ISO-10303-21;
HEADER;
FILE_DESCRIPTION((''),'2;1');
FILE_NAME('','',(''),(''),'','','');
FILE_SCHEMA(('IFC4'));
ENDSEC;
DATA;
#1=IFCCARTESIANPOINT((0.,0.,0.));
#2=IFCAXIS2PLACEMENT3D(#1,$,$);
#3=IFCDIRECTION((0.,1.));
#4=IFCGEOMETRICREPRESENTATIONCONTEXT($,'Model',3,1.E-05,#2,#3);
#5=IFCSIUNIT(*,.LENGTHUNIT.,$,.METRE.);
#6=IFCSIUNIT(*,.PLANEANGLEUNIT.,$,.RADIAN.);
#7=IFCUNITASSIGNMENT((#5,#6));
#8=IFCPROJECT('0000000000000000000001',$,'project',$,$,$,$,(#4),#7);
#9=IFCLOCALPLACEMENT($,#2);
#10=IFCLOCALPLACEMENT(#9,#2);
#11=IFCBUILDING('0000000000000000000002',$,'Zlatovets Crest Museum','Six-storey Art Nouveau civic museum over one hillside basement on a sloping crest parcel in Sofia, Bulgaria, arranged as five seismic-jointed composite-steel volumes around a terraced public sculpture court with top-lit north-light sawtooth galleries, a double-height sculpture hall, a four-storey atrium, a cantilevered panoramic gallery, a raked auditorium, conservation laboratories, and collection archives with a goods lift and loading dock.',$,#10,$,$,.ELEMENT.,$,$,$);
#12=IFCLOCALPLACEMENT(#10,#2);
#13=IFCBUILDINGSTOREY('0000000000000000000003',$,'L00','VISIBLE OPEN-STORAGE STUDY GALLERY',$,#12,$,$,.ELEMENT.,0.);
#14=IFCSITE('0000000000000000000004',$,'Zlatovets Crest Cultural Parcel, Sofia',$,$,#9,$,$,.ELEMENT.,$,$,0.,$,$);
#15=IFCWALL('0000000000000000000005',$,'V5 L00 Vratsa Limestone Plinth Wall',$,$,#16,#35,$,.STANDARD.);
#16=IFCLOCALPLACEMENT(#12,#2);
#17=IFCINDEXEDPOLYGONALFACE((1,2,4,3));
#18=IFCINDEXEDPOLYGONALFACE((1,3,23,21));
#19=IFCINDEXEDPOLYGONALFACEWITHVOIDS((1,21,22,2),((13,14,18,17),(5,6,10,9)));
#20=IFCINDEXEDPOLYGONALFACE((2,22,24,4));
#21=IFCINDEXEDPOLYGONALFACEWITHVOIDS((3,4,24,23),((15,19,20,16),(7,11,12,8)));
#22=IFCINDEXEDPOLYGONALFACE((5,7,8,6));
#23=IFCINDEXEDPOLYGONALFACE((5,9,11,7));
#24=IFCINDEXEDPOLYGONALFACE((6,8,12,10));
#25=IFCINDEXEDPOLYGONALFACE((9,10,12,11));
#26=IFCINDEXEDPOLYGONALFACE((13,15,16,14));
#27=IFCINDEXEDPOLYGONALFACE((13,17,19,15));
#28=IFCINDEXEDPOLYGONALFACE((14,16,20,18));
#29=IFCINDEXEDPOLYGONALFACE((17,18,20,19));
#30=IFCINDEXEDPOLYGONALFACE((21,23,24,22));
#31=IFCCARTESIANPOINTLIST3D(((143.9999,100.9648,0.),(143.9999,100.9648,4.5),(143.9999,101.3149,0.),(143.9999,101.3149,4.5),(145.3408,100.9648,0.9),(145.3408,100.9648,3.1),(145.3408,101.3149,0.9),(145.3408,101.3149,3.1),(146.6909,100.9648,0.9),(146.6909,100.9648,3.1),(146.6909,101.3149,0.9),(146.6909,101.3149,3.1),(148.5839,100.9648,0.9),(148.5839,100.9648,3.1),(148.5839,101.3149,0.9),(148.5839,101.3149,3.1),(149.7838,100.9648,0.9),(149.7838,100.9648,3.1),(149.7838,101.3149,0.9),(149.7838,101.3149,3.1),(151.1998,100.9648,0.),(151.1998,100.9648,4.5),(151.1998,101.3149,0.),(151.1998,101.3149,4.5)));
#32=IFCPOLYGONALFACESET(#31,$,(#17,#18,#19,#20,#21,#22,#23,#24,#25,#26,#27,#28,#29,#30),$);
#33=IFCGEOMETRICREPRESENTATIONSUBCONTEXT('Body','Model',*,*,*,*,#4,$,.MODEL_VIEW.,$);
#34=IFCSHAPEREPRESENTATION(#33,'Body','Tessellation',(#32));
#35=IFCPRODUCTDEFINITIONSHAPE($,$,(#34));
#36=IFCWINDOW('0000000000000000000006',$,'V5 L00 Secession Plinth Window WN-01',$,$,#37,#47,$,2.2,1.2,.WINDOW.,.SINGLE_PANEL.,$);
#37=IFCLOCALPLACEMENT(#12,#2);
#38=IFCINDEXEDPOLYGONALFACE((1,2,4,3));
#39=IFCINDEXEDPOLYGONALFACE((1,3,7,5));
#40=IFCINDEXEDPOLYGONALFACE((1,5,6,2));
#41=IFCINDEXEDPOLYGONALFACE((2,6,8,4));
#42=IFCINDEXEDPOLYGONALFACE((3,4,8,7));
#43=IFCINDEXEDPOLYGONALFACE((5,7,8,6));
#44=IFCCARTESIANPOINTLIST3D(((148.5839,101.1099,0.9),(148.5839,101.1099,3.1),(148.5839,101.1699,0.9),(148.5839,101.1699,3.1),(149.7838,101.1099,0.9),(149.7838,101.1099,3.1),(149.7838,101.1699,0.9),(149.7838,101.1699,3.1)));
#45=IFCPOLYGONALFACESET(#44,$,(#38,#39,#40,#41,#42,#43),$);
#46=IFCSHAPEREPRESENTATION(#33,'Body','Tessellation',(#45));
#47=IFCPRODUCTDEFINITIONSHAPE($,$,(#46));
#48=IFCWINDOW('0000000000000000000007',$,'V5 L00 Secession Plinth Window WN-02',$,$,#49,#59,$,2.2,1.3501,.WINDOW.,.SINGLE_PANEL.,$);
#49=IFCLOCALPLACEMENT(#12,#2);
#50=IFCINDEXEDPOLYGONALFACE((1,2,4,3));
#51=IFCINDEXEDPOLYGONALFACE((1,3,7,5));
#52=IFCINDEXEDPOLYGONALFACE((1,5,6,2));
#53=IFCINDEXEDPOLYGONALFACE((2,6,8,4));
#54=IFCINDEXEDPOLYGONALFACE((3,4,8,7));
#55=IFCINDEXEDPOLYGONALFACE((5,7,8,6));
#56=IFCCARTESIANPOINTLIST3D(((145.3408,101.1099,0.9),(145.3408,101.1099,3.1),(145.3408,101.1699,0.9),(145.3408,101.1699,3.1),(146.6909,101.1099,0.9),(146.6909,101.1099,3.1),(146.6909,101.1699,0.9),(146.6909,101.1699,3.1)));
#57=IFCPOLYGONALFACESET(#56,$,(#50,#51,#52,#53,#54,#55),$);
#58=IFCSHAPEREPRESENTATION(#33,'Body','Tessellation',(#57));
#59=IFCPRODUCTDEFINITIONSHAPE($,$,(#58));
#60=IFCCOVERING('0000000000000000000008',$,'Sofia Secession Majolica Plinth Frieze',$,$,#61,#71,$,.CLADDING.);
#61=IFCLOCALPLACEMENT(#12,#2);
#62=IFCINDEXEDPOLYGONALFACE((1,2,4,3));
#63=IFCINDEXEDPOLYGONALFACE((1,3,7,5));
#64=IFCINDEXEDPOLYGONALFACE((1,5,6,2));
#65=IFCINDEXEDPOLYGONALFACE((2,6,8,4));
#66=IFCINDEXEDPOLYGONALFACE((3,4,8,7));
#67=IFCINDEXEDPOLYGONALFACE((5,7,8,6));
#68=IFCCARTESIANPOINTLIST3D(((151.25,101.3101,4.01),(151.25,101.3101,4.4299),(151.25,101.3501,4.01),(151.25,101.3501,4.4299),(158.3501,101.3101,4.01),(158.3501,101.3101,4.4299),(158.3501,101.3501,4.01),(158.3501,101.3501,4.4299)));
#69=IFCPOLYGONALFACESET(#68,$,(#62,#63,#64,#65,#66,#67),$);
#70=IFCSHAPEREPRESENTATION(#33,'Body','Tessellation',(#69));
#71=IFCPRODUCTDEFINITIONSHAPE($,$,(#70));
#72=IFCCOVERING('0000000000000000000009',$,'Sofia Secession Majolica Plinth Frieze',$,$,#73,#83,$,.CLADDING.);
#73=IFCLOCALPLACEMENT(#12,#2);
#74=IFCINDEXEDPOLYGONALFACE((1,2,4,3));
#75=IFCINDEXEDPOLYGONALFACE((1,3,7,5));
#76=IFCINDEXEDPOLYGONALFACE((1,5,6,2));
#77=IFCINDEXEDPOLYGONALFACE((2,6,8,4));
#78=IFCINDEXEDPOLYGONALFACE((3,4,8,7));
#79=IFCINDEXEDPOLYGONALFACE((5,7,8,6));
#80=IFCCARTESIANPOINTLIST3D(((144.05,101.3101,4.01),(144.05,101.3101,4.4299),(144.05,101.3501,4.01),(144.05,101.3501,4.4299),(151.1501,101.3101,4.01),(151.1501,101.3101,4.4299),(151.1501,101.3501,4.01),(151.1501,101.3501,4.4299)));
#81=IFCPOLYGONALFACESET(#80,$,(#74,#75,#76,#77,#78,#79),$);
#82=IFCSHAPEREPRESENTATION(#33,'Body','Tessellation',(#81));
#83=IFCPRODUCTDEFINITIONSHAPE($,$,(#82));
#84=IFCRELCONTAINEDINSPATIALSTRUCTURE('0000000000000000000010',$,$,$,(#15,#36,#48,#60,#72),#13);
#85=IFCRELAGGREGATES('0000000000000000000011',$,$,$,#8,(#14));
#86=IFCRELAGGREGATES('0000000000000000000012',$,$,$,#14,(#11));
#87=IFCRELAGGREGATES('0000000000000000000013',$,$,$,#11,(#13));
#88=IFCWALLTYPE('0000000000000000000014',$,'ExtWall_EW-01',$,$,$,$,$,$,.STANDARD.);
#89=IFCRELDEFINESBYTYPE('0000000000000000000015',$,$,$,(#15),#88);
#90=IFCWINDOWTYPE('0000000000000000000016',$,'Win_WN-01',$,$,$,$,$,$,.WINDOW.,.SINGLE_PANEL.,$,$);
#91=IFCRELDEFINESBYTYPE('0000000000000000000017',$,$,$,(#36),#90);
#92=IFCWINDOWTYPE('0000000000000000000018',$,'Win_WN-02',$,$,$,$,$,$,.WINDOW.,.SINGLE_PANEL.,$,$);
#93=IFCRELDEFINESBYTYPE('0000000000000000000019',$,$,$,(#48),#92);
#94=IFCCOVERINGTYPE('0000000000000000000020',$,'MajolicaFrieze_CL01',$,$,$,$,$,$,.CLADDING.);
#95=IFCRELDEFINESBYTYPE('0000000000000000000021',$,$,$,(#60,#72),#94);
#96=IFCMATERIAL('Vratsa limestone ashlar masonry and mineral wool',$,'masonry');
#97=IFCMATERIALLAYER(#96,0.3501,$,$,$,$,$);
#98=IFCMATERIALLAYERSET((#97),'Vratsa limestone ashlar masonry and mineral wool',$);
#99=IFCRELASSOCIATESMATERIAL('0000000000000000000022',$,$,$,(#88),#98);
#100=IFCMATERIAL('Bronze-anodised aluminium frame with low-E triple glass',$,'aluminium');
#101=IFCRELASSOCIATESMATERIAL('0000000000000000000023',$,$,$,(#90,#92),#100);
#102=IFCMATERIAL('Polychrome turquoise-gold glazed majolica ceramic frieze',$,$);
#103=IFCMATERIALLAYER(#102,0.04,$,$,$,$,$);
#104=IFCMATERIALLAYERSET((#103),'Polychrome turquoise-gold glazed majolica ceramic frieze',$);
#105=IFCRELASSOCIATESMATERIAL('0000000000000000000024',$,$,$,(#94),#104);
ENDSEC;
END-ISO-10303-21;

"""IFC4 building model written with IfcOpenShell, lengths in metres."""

from ifc_helpers import new_model, si_unit, direction, frame, frame_2d, origin, origin_2d, place, context, subcontext, project, spatial, rectangle, extrude, material, layer, layer_set, type_object, element, fill, save


model = new_model("IFC4")

# Units and contexts
model_context = context("Model", 3, precision=1e-05, world=origin(), true_north=direction((0.0, 1.0)))
body_context = subcontext(model_context, "Body", "Model", "MODEL_VIEW")
ifc_project = project(units=[si_unit("LENGTHUNIT", "METRE"), si_unit("PLANEANGLEUNIT", "RADIAN")], contexts=[model_context])

# Site, building, storey
site_placement = place(None, origin())
site = spatial("IfcSite", under=ifc_project, at=site_placement, Name="Zlatovets Crest Cultural Parcel, Sofia", CompositionType="ELEMENT", RefElevation=0.0)
building_placement = place(site_placement, origin())
building = spatial("IfcBuilding", under=site, at=building_placement, Name="Zlatovets Crest Museum", Description="Six-storey Art Nouveau civic museum over one hillside basement on a sloping crest parcel in Sofia, Bulgaria, arranged as five seismic-jointed composite-steel volumes around a terraced public sculpture court with top-lit north-light sawtooth galleries, a double-height sculpture hall, a four-storey atrium, a cantilevered panoramic gallery, a raked auditorium, conservation laboratories, and collection archives with a goods lift and loading dock.", CompositionType="ELEMENT")
storey_placement = place(building_placement, origin())
storey = spatial("IfcBuildingStorey", under=building, at=storey_placement, Name="L00", Description="VISIBLE OPEN-STORAGE STUDY GALLERY", CompositionType="ELEMENT", Elevation=0.0)

# Wall, openings, windows
ifc_material_1 = material(Name="Vratsa limestone ashlar masonry and mineral wool", Category="masonry")
ifc_layer_1 = layer(ifc_material_1, 0.3501)
ifc_layer_set_1 = layer_set([ifc_layer_1], Name="Vratsa limestone ashlar masonry and mineral wool")
wall_type = type_object("IfcWallType", Name="ExtWall_EW-01", PredefinedType="STANDARD", material=ifc_layer_set_1)
wall_placement = place(storey_placement, frame((151.2, 101.1399, 0.0), z_axis=(0.0, 0.0, 1.0), x_axis=(-1.0, 0.0, 0.0)))
wall = element("IfcWall", 1, at=wall_placement, inside=storey, type_object=wall_type, Name="V5 L00 Vratsa Limestone Plinth Wall", PredefinedType="STANDARD", context=body_context, shape_type="SweptSolid", body=[
    extrude(rectangle(XDim=7.2, YDim=0.3501, at=frame_2d((3.6001, 0.0))), origin(), (0.0, 0.0, 1.0), 4.5),
])
opening_1_placement = place(wall_placement, frame((1.416, 0.0, 0.8999)))
opening_1 = element("IfcOpeningElement", 2, at=opening_1_placement, cuts=wall, PredefinedType="OPENING", context=body_context, shape_type="SweptSolid", body=[
    extrude(rectangle(XDim=1.2, YDim=2.2, at=frame_2d((0.6001, 1.1001))), frame((0.0, 0.1851, 0.0), z_axis=(0.0, -1.0, 0.0), x_axis=(1.0, 0.0, 0.0)), (0.0, 0.0, 1.0), 0.3701),
])
opening_2_placement = place(wall_placement, frame((4.509, 0.0, 0.8999)))
opening_2 = element("IfcOpeningElement", 3, at=opening_2_placement, cuts=wall, PredefinedType="OPENING", context=body_context, shape_type="SweptSolid", body=[
    extrude(rectangle(XDim=1.3501, YDim=2.2, at=frame_2d((0.675, 1.1001))), frame((0.0, 0.1851, 0.0), z_axis=(0.0, -1.0, 0.0), x_axis=(1.0, 0.0, 0.0)), (0.0, 0.0, 1.0), 0.3701),
])
ifc_material_2 = material(Name="Bronze-anodised aluminium frame with low-E triple glass", Category="aluminium")
window_type_1 = type_object("IfcWindowType", Name="Win_WN-01", PartitioningType="SINGLE_PANEL", PredefinedType="WINDOW", material=ifc_material_2)
window_1_placement = place(opening_1_placement, origin())
window_1 = element("IfcWindow", 4, at=window_1_placement, inside=storey, type_object=window_type_1, Name="V5 L00 Secession Plinth Window WN-01", OverallHeight=2.2, OverallWidth=1.2, PartitioningType="SINGLE_PANEL", PredefinedType="WINDOW", context=body_context, shape_type="SweptSolid", body=[
    extrude(rectangle(XDim=1.2, YDim=2.2, at=frame_2d((0.6001, 1.1001))), frame((0.0, 0.03, 0.0), z_axis=(0.0, -1.0, 0.0), x_axis=(1.0, 0.0, 0.0)), (0.0, 0.0, 1.0), 0.0601),
])
fill(opening_1, window_1)
window_type_2 = type_object("IfcWindowType", Name="Win_WN-02", PartitioningType="SINGLE_PANEL", PredefinedType="WINDOW", material=ifc_material_2)
window_2_placement = place(opening_2_placement, origin())
window_2 = element("IfcWindow", 5, at=window_2_placement, inside=storey, type_object=window_type_2, Name="V5 L00 Secession Plinth Window WN-02", OverallHeight=2.2, OverallWidth=1.3501, PartitioningType="SINGLE_PANEL", PredefinedType="WINDOW", context=body_context, shape_type="SweptSolid", body=[
    extrude(rectangle(XDim=1.3501, YDim=2.2, at=frame_2d((0.675, 1.1001))), frame((0.0, 0.03, 0.0), z_axis=(0.0, -1.0, 0.0), x_axis=(1.0, 0.0, 0.0)), (0.0, 0.0, 1.0), 0.0601),
])
fill(opening_2, window_2)

# Coverings
ifc_material_3 = material(Name="Polychrome turquoise-gold glazed majolica ceramic frieze")
ifc_layer_2 = layer(ifc_material_3, 0.04)
ifc_layer_set_2 = layer_set([ifc_layer_2], Name="Polychrome turquoise-gold glazed majolica ceramic frieze")
covering_type = type_object("IfcCoveringType", Name="MajolicaFrieze_CL01", PredefinedType="CLADDING", material=ifc_layer_set_2)
for number, where, z_axis, x_axis, name in (
    (6, (154.8, 101.3301, 4.01), (0.0, 0.0, 1.0), (1.0, 0.0, 0.0), "Sofia Secession Majolica Plinth Frieze"),
    (7, (147.6001, 101.3301, 4.01), (0.0, 0.0, 1.0), (1.0, 0.0, 0.0), "Sofia Secession Majolica Plinth Frieze"),
):
    element("IfcCovering", number, at=place(storey_placement, frame(where, z_axis=z_axis, x_axis=x_axis)), inside=storey, type_object=covering_type, Name=name, PredefinedType="CLADDING", context=body_context, shape_type="SweptSolid", body=[
        extrude(rectangle(XDim=7.1001, YDim=0.04, at=origin_2d()), origin(), (0.0, 0.0, 1.0), 0.4199),
    ])

save(model, "model.ifc")
